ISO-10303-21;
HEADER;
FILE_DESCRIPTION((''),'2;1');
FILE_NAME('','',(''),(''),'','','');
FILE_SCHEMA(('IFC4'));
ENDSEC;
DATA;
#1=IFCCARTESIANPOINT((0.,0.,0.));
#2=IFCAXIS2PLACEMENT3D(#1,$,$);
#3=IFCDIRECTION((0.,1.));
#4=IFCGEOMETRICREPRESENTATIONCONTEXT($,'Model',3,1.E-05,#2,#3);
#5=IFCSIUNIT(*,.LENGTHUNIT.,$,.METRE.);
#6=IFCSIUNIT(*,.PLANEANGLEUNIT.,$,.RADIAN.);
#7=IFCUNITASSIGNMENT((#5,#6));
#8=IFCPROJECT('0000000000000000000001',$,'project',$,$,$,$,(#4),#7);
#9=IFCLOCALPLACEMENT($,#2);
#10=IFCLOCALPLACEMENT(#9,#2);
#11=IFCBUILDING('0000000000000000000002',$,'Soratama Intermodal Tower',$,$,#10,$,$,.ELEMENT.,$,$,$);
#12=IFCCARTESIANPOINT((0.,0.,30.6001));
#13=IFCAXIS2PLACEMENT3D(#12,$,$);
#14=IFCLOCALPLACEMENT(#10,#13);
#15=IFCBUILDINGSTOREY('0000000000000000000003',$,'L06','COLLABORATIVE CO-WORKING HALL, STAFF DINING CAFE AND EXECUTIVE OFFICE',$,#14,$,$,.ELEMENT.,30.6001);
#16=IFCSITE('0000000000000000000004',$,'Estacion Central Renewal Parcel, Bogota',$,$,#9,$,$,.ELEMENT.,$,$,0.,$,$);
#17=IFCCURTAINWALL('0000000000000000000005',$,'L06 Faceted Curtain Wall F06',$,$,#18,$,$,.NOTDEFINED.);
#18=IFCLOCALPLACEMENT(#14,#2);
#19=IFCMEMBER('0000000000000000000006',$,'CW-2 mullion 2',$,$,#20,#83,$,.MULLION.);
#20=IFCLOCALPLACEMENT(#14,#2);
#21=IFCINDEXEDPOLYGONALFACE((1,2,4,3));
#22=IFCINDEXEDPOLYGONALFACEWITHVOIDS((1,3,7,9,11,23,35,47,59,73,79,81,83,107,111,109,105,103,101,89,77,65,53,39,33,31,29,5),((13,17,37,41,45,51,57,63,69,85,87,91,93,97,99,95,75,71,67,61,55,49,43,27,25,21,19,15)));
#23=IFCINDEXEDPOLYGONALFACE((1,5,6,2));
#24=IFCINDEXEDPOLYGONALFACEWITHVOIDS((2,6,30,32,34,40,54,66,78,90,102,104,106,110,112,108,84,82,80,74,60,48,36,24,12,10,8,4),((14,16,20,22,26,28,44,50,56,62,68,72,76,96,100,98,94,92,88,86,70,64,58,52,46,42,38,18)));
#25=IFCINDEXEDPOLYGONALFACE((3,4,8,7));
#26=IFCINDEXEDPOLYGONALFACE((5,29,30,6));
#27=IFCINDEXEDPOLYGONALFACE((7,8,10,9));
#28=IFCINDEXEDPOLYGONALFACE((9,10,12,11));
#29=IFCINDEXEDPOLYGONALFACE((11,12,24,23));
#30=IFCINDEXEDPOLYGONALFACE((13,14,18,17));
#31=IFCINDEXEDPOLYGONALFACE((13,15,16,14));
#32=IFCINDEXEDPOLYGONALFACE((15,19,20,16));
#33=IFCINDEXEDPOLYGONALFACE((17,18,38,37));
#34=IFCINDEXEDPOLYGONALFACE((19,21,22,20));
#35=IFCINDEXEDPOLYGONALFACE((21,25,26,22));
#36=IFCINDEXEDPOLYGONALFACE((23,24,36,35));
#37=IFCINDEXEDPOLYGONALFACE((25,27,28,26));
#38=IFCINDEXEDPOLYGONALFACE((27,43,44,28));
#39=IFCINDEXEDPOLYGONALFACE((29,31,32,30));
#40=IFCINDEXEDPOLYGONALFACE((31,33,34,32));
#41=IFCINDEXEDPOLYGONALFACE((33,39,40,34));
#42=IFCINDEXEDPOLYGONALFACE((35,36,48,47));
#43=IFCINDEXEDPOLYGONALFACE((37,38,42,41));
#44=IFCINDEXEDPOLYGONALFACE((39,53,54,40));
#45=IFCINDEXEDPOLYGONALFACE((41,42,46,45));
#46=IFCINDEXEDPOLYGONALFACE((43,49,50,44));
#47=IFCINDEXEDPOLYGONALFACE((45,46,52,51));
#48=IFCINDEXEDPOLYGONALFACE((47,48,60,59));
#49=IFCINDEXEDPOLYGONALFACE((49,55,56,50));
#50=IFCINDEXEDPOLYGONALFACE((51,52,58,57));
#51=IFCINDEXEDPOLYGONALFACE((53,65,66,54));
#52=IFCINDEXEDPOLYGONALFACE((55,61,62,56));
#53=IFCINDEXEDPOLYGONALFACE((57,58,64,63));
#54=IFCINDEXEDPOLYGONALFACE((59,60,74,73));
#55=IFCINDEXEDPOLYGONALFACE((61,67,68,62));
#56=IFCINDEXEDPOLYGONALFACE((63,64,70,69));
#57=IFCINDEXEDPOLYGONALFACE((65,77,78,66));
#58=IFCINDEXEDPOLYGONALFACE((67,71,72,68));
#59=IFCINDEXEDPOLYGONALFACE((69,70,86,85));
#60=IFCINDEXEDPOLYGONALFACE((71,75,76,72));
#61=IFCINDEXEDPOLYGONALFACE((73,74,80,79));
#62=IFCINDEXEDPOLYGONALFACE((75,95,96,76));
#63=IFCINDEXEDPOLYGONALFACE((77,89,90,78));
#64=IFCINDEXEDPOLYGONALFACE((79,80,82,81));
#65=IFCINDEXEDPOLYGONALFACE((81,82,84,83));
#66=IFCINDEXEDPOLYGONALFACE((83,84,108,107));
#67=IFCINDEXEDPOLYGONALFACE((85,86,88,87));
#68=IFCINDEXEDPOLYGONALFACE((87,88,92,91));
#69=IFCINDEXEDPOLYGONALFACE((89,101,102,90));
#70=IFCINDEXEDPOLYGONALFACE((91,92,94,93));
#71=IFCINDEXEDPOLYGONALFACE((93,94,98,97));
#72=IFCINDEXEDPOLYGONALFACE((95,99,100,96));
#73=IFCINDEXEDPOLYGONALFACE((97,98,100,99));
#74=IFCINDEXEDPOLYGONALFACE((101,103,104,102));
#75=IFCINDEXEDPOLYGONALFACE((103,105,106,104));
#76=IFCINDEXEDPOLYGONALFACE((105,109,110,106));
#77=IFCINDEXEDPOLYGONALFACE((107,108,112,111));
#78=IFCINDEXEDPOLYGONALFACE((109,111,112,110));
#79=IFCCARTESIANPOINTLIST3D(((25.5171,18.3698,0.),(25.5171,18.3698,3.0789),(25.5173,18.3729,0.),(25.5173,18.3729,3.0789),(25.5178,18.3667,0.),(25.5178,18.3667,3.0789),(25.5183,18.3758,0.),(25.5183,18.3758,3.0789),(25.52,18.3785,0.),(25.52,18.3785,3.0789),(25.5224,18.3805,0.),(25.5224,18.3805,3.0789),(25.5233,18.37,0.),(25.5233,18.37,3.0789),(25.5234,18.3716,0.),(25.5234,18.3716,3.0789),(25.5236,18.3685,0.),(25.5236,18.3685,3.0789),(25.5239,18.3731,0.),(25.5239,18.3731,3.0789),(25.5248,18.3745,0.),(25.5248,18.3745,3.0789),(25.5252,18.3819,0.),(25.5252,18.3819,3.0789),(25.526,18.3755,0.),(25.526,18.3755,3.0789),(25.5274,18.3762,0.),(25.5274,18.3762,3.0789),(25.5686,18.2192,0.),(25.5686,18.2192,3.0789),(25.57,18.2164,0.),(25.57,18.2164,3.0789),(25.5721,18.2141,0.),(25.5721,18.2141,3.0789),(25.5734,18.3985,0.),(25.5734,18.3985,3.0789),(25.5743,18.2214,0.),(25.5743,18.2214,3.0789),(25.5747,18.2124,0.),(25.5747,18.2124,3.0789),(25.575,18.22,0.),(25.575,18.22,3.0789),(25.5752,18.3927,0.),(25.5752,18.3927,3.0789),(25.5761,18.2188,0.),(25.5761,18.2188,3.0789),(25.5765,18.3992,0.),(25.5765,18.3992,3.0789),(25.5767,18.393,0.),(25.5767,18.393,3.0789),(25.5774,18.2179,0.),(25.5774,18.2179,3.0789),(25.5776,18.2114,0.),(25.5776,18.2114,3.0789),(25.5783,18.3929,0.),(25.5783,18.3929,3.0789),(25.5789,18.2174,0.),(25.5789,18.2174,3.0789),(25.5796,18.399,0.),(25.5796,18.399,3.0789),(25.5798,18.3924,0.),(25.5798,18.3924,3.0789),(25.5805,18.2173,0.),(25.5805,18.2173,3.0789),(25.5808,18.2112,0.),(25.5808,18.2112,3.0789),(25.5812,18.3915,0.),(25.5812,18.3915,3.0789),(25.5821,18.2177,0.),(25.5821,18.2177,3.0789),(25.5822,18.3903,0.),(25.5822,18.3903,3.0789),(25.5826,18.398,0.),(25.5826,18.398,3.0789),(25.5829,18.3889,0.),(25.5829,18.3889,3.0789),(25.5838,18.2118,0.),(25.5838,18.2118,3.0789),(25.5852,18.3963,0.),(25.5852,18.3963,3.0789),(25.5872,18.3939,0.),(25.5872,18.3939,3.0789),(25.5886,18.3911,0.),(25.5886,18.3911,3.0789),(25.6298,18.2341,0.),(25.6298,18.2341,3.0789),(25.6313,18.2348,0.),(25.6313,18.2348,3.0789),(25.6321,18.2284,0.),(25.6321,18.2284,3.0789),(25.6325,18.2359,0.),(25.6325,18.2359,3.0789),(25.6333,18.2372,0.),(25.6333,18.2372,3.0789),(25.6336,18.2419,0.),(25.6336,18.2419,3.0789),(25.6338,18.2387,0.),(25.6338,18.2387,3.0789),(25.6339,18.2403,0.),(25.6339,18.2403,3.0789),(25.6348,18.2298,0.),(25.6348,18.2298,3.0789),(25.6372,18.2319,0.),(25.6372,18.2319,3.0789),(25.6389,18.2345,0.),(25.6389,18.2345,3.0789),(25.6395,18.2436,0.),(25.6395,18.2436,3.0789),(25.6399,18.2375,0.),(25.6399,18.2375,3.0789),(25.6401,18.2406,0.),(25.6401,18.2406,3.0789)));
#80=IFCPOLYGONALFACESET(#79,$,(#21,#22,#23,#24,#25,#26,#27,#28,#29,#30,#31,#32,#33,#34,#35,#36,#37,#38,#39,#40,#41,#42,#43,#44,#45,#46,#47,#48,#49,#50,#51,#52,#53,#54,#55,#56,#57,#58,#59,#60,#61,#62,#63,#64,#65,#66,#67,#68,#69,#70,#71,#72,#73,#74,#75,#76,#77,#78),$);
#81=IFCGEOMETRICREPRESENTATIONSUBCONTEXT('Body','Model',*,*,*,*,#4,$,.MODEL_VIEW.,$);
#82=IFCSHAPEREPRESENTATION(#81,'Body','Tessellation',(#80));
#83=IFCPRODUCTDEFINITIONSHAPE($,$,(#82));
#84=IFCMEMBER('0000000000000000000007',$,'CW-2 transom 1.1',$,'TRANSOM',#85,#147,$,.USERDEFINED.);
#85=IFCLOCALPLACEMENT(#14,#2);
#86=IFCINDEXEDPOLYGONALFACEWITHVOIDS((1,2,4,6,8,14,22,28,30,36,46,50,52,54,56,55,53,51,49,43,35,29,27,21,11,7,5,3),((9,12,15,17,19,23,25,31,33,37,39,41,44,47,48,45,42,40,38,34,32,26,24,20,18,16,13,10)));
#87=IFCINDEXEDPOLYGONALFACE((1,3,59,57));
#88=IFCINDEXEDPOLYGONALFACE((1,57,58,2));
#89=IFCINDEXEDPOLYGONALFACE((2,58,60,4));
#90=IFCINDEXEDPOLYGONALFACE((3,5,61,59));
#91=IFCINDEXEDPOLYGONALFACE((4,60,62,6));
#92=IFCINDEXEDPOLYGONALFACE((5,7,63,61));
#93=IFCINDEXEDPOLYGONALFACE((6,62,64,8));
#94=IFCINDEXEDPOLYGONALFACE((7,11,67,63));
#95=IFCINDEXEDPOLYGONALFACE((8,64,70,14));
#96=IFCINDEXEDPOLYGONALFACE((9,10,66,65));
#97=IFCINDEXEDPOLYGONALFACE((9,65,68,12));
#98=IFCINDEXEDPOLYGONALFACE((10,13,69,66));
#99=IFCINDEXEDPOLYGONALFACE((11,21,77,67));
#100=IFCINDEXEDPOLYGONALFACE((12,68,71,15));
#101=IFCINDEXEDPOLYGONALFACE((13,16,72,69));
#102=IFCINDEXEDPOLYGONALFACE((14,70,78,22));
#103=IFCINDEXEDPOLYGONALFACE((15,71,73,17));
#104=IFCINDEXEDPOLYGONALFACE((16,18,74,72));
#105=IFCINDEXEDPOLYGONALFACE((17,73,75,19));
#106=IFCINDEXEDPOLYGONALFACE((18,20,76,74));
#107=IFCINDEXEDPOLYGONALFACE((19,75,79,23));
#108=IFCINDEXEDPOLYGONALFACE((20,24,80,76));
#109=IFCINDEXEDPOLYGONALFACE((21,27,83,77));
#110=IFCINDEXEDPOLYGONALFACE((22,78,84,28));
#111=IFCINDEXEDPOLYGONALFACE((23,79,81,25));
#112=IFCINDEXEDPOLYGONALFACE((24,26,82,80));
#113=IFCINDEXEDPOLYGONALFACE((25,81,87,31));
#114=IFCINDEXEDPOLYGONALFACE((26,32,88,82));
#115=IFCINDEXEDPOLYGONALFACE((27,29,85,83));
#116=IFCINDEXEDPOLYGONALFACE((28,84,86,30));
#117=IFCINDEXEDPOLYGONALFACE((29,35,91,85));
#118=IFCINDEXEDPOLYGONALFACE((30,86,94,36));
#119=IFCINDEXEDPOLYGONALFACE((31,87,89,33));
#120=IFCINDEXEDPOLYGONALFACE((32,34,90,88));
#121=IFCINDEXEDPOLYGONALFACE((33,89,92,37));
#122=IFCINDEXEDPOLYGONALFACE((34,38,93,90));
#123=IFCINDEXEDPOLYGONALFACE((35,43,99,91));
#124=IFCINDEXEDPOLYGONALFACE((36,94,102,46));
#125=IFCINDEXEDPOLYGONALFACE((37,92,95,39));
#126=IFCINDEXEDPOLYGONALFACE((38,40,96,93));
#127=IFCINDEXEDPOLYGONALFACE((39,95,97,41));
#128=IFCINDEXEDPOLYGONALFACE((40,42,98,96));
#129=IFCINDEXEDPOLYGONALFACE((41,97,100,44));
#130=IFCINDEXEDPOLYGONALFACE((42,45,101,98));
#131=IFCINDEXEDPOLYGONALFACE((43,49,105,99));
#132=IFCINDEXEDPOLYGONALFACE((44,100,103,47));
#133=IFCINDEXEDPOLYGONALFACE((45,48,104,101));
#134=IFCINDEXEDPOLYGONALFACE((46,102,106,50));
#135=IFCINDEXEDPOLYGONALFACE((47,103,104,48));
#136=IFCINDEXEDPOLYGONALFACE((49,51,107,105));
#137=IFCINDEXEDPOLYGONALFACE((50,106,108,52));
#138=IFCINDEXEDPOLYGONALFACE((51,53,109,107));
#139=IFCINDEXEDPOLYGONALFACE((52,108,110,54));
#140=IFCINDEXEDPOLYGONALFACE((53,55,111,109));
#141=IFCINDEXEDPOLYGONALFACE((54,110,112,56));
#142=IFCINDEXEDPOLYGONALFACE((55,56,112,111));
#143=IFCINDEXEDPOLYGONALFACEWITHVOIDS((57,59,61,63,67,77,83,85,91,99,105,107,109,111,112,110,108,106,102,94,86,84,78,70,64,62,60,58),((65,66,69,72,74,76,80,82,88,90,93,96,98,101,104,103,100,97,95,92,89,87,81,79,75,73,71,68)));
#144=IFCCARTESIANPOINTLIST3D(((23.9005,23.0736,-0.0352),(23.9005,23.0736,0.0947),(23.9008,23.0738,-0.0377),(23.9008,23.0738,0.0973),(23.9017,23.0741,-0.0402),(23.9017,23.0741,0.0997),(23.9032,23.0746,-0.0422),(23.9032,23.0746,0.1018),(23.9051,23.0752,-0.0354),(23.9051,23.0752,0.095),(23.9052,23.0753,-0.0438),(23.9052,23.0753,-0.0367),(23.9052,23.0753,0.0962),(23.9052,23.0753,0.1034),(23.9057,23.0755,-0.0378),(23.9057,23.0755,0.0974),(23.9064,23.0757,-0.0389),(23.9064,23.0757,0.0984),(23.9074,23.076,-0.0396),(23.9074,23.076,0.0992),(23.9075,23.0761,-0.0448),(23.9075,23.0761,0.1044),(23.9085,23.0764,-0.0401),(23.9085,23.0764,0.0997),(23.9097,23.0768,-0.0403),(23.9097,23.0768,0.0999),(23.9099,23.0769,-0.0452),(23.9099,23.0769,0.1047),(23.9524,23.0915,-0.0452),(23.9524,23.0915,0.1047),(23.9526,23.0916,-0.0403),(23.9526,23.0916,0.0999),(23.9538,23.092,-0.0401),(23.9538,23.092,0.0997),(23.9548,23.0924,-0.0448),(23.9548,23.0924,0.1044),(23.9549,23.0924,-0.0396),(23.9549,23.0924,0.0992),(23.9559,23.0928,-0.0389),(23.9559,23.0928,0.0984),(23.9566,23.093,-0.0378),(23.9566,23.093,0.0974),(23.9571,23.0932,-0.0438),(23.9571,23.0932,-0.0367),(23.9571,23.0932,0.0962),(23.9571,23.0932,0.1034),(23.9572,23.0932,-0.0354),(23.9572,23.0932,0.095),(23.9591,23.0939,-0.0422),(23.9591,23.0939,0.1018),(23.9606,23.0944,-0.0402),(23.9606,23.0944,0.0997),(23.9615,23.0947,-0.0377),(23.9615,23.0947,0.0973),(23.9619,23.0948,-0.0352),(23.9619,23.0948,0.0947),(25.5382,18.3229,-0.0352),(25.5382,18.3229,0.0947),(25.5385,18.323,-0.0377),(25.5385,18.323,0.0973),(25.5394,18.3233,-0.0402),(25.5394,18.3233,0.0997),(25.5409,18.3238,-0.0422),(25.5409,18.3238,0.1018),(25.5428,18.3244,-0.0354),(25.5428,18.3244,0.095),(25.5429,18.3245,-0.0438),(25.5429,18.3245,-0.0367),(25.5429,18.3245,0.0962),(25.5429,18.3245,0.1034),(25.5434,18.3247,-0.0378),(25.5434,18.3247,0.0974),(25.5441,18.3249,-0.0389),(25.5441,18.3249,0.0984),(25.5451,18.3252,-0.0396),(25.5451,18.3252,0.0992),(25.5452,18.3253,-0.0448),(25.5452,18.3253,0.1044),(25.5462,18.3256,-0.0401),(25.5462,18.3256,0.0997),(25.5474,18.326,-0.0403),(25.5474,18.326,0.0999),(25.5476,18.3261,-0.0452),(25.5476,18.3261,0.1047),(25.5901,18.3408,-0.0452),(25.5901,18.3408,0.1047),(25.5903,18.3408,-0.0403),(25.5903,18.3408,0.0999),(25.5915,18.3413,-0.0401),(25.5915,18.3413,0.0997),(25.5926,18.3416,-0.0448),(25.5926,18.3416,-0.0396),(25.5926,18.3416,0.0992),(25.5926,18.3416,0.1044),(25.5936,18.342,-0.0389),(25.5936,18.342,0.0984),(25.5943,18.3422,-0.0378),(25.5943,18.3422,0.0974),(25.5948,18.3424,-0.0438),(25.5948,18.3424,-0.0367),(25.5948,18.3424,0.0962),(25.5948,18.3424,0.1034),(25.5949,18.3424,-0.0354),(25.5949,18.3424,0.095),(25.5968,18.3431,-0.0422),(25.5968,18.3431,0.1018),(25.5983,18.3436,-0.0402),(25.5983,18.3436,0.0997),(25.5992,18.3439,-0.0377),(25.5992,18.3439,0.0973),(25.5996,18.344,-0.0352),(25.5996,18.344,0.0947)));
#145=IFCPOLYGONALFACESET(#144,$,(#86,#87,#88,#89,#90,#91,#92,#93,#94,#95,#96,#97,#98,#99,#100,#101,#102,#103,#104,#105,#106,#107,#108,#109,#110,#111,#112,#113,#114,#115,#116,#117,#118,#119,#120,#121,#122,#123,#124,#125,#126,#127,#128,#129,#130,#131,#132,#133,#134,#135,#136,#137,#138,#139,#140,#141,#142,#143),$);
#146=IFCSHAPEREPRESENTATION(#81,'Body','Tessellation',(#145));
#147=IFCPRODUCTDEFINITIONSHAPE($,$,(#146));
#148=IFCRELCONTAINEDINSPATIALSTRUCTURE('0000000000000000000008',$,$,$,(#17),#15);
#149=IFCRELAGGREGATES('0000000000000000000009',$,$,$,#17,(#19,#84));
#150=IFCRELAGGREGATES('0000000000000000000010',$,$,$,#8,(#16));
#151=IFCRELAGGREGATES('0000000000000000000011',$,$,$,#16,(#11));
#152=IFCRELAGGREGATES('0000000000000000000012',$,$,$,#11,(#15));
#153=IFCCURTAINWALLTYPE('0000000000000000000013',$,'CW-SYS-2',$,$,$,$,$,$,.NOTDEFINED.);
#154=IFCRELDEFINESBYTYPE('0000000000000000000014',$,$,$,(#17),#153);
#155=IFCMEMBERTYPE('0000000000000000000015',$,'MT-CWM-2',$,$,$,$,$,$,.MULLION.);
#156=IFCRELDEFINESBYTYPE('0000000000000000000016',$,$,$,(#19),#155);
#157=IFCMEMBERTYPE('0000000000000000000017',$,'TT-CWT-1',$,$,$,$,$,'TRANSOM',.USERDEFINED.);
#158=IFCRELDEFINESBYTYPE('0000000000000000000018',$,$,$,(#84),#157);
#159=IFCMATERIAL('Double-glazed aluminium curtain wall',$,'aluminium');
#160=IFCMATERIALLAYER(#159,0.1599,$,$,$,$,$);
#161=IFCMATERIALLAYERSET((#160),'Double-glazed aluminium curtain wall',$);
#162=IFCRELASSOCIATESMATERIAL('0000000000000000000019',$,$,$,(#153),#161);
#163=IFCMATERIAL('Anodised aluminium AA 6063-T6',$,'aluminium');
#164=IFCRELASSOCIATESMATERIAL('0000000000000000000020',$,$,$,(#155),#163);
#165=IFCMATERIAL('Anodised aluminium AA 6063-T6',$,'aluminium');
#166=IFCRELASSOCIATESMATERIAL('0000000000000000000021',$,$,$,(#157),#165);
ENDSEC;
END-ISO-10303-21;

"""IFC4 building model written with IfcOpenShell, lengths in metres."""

from ifc_helpers import new_model, si_unit, direction, frame, origin, origin_2d, place, context, subcontext, project, spatial, hollow_rectangle, extrude, material, layer, layer_set, material_profile, profile_set, type_object, element, aggregate, save


model = new_model("IFC4")

# Units and contexts
model_context = context("Model", 3, precision=1e-05, world=origin(), true_north=direction((0.0, 1.0)))
body_context = subcontext(model_context, "Body", "Model", "MODEL_VIEW")
ifc_project = project(units=[si_unit("LENGTHUNIT", "METRE"), si_unit("PLANEANGLEUNIT", "RADIAN")], contexts=[model_context])

# Site, building, storey
site_placement = place(None, origin())
site = spatial("IfcSite", under=ifc_project, at=site_placement, Name="Estacion Central Renewal Parcel, Bogota", CompositionType="ELEMENT", RefElevation=0.0)
building_placement = place(site_placement, origin())
building = spatial("IfcBuilding", under=site, at=building_placement, Name="Soratama Intermodal Tower", CompositionType="ELEMENT")
storey_placement = place(building_placement, frame((0.0, 0.0, 30.6001)))
storey = spatial("IfcBuildingStorey", under=building, at=storey_placement, Name="L06", Description="COLLABORATIVE CO-WORKING HALL, STAFF DINING CAFE AND EXECUTIVE OFFICE", CompositionType="ELEMENT", Elevation=30.6001)

# Curtain wall, members
ifc_material_1 = material(Name="Double-glazed aluminium curtain wall", Category="aluminium")
ifc_layer_1 = layer(ifc_material_1, 0.1599)
ifc_layer_set_1 = layer_set([ifc_layer_1], Name="Double-glazed aluminium curtain wall")
curtain_wall_type = type_object("IfcCurtainWallType", Name="CW-SYS-2", PredefinedType="NOTDEFINED", material=ifc_layer_set_1)
curtain_wall_placement = place(storey_placement, origin())
curtain_wall = element("IfcCurtainWall", 1, at=curtain_wall_placement, inside=storey, type_object=curtain_wall_type, Name="L06 Faceted Curtain Wall F06", PredefinedType="NOTDEFINED")
ifc_material_2 = material(Name="Anodised aluminium AA 6063-T6", Category="aluminium")
ifc_material_profile_1 = material_profile(ifc_material_2, hollow_rectangle(XDim=0.075, YDim=0.1799, WallThickness=0.0061, InnerFilletRadius=0.0061, OuterFilletRadius=0.012, at=origin_2d()), Name="CWM180X75X6")
ifc_profile_set_1 = profile_set([ifc_material_profile_1], Name="Anodised aluminium AA 6063-T6")
member_type_1 = type_object("IfcMemberType", Name="MT-CWM-2", PredefinedType="MULLION", material=ifc_profile_set_1)
member_1_placement = place(storey_placement, frame((25.5786, 18.3052, 0.0), z_axis=(0.0, 0.0, 1.0), x_axis=(0.945406, 0.325894, 0.0)))
member_1 = element("IfcMember", 2, at=member_1_placement, type_object=member_type_1, Name="CW-2 mullion 2", PredefinedType="MULLION", context=body_context, shape_type="SweptSolid", body=[
    extrude(hollow_rectangle(XDim=0.075, YDim=0.1799, WallThickness=0.0061, InnerFilletRadius=0.0061, OuterFilletRadius=0.012, at=origin_2d()), origin(), (0.0, 0.0, 1.0), 3.0789),
])
ifc_material_3 = material(Name="Anodised aluminium AA 6063-T6", Category="aluminium")
ifc_material_profile_2 = material_profile(ifc_material_3, hollow_rectangle(XDim=0.0649, YDim=0.1499, WallThickness=0.0049, InnerFilletRadius=0.0049, OuterFilletRadius=0.01, at=origin_2d()), Name="CWT150X65X5")
ifc_profile_set_2 = profile_set([ifc_material_profile_2], Name="Anodised aluminium AA 6063-T6")
member_type_2 = type_object("IfcMemberType", Name="TT-CWT-1", ElementType="TRANSOM", PredefinedType="USERDEFINED", material=ifc_profile_set_2)
member_2_placement = place(storey_placement, frame((23.9312, 23.0842, 0.0298), z_axis=(0.325904, -0.945403, 0.0), x_axis=(0.945403, 0.325904, 0.0)))
member_2 = element("IfcMember", 3, at=member_2_placement, type_object=member_type_2, Name="CW-2 transom 1.1", ObjectType="TRANSOM", PredefinedType="USERDEFINED", context=body_context, shape_type="SweptSolid", body=[
    extrude(hollow_rectangle(XDim=0.0649, YDim=0.1499, WallThickness=0.0049, InnerFilletRadius=0.0049, OuterFilletRadius=0.01, at=origin_2d()), origin(), (0.0, 0.0, 1.0), 5.0251),
])
aggregate(curtain_wall, [member_1, member_2])

save(model, "model.ifc")
